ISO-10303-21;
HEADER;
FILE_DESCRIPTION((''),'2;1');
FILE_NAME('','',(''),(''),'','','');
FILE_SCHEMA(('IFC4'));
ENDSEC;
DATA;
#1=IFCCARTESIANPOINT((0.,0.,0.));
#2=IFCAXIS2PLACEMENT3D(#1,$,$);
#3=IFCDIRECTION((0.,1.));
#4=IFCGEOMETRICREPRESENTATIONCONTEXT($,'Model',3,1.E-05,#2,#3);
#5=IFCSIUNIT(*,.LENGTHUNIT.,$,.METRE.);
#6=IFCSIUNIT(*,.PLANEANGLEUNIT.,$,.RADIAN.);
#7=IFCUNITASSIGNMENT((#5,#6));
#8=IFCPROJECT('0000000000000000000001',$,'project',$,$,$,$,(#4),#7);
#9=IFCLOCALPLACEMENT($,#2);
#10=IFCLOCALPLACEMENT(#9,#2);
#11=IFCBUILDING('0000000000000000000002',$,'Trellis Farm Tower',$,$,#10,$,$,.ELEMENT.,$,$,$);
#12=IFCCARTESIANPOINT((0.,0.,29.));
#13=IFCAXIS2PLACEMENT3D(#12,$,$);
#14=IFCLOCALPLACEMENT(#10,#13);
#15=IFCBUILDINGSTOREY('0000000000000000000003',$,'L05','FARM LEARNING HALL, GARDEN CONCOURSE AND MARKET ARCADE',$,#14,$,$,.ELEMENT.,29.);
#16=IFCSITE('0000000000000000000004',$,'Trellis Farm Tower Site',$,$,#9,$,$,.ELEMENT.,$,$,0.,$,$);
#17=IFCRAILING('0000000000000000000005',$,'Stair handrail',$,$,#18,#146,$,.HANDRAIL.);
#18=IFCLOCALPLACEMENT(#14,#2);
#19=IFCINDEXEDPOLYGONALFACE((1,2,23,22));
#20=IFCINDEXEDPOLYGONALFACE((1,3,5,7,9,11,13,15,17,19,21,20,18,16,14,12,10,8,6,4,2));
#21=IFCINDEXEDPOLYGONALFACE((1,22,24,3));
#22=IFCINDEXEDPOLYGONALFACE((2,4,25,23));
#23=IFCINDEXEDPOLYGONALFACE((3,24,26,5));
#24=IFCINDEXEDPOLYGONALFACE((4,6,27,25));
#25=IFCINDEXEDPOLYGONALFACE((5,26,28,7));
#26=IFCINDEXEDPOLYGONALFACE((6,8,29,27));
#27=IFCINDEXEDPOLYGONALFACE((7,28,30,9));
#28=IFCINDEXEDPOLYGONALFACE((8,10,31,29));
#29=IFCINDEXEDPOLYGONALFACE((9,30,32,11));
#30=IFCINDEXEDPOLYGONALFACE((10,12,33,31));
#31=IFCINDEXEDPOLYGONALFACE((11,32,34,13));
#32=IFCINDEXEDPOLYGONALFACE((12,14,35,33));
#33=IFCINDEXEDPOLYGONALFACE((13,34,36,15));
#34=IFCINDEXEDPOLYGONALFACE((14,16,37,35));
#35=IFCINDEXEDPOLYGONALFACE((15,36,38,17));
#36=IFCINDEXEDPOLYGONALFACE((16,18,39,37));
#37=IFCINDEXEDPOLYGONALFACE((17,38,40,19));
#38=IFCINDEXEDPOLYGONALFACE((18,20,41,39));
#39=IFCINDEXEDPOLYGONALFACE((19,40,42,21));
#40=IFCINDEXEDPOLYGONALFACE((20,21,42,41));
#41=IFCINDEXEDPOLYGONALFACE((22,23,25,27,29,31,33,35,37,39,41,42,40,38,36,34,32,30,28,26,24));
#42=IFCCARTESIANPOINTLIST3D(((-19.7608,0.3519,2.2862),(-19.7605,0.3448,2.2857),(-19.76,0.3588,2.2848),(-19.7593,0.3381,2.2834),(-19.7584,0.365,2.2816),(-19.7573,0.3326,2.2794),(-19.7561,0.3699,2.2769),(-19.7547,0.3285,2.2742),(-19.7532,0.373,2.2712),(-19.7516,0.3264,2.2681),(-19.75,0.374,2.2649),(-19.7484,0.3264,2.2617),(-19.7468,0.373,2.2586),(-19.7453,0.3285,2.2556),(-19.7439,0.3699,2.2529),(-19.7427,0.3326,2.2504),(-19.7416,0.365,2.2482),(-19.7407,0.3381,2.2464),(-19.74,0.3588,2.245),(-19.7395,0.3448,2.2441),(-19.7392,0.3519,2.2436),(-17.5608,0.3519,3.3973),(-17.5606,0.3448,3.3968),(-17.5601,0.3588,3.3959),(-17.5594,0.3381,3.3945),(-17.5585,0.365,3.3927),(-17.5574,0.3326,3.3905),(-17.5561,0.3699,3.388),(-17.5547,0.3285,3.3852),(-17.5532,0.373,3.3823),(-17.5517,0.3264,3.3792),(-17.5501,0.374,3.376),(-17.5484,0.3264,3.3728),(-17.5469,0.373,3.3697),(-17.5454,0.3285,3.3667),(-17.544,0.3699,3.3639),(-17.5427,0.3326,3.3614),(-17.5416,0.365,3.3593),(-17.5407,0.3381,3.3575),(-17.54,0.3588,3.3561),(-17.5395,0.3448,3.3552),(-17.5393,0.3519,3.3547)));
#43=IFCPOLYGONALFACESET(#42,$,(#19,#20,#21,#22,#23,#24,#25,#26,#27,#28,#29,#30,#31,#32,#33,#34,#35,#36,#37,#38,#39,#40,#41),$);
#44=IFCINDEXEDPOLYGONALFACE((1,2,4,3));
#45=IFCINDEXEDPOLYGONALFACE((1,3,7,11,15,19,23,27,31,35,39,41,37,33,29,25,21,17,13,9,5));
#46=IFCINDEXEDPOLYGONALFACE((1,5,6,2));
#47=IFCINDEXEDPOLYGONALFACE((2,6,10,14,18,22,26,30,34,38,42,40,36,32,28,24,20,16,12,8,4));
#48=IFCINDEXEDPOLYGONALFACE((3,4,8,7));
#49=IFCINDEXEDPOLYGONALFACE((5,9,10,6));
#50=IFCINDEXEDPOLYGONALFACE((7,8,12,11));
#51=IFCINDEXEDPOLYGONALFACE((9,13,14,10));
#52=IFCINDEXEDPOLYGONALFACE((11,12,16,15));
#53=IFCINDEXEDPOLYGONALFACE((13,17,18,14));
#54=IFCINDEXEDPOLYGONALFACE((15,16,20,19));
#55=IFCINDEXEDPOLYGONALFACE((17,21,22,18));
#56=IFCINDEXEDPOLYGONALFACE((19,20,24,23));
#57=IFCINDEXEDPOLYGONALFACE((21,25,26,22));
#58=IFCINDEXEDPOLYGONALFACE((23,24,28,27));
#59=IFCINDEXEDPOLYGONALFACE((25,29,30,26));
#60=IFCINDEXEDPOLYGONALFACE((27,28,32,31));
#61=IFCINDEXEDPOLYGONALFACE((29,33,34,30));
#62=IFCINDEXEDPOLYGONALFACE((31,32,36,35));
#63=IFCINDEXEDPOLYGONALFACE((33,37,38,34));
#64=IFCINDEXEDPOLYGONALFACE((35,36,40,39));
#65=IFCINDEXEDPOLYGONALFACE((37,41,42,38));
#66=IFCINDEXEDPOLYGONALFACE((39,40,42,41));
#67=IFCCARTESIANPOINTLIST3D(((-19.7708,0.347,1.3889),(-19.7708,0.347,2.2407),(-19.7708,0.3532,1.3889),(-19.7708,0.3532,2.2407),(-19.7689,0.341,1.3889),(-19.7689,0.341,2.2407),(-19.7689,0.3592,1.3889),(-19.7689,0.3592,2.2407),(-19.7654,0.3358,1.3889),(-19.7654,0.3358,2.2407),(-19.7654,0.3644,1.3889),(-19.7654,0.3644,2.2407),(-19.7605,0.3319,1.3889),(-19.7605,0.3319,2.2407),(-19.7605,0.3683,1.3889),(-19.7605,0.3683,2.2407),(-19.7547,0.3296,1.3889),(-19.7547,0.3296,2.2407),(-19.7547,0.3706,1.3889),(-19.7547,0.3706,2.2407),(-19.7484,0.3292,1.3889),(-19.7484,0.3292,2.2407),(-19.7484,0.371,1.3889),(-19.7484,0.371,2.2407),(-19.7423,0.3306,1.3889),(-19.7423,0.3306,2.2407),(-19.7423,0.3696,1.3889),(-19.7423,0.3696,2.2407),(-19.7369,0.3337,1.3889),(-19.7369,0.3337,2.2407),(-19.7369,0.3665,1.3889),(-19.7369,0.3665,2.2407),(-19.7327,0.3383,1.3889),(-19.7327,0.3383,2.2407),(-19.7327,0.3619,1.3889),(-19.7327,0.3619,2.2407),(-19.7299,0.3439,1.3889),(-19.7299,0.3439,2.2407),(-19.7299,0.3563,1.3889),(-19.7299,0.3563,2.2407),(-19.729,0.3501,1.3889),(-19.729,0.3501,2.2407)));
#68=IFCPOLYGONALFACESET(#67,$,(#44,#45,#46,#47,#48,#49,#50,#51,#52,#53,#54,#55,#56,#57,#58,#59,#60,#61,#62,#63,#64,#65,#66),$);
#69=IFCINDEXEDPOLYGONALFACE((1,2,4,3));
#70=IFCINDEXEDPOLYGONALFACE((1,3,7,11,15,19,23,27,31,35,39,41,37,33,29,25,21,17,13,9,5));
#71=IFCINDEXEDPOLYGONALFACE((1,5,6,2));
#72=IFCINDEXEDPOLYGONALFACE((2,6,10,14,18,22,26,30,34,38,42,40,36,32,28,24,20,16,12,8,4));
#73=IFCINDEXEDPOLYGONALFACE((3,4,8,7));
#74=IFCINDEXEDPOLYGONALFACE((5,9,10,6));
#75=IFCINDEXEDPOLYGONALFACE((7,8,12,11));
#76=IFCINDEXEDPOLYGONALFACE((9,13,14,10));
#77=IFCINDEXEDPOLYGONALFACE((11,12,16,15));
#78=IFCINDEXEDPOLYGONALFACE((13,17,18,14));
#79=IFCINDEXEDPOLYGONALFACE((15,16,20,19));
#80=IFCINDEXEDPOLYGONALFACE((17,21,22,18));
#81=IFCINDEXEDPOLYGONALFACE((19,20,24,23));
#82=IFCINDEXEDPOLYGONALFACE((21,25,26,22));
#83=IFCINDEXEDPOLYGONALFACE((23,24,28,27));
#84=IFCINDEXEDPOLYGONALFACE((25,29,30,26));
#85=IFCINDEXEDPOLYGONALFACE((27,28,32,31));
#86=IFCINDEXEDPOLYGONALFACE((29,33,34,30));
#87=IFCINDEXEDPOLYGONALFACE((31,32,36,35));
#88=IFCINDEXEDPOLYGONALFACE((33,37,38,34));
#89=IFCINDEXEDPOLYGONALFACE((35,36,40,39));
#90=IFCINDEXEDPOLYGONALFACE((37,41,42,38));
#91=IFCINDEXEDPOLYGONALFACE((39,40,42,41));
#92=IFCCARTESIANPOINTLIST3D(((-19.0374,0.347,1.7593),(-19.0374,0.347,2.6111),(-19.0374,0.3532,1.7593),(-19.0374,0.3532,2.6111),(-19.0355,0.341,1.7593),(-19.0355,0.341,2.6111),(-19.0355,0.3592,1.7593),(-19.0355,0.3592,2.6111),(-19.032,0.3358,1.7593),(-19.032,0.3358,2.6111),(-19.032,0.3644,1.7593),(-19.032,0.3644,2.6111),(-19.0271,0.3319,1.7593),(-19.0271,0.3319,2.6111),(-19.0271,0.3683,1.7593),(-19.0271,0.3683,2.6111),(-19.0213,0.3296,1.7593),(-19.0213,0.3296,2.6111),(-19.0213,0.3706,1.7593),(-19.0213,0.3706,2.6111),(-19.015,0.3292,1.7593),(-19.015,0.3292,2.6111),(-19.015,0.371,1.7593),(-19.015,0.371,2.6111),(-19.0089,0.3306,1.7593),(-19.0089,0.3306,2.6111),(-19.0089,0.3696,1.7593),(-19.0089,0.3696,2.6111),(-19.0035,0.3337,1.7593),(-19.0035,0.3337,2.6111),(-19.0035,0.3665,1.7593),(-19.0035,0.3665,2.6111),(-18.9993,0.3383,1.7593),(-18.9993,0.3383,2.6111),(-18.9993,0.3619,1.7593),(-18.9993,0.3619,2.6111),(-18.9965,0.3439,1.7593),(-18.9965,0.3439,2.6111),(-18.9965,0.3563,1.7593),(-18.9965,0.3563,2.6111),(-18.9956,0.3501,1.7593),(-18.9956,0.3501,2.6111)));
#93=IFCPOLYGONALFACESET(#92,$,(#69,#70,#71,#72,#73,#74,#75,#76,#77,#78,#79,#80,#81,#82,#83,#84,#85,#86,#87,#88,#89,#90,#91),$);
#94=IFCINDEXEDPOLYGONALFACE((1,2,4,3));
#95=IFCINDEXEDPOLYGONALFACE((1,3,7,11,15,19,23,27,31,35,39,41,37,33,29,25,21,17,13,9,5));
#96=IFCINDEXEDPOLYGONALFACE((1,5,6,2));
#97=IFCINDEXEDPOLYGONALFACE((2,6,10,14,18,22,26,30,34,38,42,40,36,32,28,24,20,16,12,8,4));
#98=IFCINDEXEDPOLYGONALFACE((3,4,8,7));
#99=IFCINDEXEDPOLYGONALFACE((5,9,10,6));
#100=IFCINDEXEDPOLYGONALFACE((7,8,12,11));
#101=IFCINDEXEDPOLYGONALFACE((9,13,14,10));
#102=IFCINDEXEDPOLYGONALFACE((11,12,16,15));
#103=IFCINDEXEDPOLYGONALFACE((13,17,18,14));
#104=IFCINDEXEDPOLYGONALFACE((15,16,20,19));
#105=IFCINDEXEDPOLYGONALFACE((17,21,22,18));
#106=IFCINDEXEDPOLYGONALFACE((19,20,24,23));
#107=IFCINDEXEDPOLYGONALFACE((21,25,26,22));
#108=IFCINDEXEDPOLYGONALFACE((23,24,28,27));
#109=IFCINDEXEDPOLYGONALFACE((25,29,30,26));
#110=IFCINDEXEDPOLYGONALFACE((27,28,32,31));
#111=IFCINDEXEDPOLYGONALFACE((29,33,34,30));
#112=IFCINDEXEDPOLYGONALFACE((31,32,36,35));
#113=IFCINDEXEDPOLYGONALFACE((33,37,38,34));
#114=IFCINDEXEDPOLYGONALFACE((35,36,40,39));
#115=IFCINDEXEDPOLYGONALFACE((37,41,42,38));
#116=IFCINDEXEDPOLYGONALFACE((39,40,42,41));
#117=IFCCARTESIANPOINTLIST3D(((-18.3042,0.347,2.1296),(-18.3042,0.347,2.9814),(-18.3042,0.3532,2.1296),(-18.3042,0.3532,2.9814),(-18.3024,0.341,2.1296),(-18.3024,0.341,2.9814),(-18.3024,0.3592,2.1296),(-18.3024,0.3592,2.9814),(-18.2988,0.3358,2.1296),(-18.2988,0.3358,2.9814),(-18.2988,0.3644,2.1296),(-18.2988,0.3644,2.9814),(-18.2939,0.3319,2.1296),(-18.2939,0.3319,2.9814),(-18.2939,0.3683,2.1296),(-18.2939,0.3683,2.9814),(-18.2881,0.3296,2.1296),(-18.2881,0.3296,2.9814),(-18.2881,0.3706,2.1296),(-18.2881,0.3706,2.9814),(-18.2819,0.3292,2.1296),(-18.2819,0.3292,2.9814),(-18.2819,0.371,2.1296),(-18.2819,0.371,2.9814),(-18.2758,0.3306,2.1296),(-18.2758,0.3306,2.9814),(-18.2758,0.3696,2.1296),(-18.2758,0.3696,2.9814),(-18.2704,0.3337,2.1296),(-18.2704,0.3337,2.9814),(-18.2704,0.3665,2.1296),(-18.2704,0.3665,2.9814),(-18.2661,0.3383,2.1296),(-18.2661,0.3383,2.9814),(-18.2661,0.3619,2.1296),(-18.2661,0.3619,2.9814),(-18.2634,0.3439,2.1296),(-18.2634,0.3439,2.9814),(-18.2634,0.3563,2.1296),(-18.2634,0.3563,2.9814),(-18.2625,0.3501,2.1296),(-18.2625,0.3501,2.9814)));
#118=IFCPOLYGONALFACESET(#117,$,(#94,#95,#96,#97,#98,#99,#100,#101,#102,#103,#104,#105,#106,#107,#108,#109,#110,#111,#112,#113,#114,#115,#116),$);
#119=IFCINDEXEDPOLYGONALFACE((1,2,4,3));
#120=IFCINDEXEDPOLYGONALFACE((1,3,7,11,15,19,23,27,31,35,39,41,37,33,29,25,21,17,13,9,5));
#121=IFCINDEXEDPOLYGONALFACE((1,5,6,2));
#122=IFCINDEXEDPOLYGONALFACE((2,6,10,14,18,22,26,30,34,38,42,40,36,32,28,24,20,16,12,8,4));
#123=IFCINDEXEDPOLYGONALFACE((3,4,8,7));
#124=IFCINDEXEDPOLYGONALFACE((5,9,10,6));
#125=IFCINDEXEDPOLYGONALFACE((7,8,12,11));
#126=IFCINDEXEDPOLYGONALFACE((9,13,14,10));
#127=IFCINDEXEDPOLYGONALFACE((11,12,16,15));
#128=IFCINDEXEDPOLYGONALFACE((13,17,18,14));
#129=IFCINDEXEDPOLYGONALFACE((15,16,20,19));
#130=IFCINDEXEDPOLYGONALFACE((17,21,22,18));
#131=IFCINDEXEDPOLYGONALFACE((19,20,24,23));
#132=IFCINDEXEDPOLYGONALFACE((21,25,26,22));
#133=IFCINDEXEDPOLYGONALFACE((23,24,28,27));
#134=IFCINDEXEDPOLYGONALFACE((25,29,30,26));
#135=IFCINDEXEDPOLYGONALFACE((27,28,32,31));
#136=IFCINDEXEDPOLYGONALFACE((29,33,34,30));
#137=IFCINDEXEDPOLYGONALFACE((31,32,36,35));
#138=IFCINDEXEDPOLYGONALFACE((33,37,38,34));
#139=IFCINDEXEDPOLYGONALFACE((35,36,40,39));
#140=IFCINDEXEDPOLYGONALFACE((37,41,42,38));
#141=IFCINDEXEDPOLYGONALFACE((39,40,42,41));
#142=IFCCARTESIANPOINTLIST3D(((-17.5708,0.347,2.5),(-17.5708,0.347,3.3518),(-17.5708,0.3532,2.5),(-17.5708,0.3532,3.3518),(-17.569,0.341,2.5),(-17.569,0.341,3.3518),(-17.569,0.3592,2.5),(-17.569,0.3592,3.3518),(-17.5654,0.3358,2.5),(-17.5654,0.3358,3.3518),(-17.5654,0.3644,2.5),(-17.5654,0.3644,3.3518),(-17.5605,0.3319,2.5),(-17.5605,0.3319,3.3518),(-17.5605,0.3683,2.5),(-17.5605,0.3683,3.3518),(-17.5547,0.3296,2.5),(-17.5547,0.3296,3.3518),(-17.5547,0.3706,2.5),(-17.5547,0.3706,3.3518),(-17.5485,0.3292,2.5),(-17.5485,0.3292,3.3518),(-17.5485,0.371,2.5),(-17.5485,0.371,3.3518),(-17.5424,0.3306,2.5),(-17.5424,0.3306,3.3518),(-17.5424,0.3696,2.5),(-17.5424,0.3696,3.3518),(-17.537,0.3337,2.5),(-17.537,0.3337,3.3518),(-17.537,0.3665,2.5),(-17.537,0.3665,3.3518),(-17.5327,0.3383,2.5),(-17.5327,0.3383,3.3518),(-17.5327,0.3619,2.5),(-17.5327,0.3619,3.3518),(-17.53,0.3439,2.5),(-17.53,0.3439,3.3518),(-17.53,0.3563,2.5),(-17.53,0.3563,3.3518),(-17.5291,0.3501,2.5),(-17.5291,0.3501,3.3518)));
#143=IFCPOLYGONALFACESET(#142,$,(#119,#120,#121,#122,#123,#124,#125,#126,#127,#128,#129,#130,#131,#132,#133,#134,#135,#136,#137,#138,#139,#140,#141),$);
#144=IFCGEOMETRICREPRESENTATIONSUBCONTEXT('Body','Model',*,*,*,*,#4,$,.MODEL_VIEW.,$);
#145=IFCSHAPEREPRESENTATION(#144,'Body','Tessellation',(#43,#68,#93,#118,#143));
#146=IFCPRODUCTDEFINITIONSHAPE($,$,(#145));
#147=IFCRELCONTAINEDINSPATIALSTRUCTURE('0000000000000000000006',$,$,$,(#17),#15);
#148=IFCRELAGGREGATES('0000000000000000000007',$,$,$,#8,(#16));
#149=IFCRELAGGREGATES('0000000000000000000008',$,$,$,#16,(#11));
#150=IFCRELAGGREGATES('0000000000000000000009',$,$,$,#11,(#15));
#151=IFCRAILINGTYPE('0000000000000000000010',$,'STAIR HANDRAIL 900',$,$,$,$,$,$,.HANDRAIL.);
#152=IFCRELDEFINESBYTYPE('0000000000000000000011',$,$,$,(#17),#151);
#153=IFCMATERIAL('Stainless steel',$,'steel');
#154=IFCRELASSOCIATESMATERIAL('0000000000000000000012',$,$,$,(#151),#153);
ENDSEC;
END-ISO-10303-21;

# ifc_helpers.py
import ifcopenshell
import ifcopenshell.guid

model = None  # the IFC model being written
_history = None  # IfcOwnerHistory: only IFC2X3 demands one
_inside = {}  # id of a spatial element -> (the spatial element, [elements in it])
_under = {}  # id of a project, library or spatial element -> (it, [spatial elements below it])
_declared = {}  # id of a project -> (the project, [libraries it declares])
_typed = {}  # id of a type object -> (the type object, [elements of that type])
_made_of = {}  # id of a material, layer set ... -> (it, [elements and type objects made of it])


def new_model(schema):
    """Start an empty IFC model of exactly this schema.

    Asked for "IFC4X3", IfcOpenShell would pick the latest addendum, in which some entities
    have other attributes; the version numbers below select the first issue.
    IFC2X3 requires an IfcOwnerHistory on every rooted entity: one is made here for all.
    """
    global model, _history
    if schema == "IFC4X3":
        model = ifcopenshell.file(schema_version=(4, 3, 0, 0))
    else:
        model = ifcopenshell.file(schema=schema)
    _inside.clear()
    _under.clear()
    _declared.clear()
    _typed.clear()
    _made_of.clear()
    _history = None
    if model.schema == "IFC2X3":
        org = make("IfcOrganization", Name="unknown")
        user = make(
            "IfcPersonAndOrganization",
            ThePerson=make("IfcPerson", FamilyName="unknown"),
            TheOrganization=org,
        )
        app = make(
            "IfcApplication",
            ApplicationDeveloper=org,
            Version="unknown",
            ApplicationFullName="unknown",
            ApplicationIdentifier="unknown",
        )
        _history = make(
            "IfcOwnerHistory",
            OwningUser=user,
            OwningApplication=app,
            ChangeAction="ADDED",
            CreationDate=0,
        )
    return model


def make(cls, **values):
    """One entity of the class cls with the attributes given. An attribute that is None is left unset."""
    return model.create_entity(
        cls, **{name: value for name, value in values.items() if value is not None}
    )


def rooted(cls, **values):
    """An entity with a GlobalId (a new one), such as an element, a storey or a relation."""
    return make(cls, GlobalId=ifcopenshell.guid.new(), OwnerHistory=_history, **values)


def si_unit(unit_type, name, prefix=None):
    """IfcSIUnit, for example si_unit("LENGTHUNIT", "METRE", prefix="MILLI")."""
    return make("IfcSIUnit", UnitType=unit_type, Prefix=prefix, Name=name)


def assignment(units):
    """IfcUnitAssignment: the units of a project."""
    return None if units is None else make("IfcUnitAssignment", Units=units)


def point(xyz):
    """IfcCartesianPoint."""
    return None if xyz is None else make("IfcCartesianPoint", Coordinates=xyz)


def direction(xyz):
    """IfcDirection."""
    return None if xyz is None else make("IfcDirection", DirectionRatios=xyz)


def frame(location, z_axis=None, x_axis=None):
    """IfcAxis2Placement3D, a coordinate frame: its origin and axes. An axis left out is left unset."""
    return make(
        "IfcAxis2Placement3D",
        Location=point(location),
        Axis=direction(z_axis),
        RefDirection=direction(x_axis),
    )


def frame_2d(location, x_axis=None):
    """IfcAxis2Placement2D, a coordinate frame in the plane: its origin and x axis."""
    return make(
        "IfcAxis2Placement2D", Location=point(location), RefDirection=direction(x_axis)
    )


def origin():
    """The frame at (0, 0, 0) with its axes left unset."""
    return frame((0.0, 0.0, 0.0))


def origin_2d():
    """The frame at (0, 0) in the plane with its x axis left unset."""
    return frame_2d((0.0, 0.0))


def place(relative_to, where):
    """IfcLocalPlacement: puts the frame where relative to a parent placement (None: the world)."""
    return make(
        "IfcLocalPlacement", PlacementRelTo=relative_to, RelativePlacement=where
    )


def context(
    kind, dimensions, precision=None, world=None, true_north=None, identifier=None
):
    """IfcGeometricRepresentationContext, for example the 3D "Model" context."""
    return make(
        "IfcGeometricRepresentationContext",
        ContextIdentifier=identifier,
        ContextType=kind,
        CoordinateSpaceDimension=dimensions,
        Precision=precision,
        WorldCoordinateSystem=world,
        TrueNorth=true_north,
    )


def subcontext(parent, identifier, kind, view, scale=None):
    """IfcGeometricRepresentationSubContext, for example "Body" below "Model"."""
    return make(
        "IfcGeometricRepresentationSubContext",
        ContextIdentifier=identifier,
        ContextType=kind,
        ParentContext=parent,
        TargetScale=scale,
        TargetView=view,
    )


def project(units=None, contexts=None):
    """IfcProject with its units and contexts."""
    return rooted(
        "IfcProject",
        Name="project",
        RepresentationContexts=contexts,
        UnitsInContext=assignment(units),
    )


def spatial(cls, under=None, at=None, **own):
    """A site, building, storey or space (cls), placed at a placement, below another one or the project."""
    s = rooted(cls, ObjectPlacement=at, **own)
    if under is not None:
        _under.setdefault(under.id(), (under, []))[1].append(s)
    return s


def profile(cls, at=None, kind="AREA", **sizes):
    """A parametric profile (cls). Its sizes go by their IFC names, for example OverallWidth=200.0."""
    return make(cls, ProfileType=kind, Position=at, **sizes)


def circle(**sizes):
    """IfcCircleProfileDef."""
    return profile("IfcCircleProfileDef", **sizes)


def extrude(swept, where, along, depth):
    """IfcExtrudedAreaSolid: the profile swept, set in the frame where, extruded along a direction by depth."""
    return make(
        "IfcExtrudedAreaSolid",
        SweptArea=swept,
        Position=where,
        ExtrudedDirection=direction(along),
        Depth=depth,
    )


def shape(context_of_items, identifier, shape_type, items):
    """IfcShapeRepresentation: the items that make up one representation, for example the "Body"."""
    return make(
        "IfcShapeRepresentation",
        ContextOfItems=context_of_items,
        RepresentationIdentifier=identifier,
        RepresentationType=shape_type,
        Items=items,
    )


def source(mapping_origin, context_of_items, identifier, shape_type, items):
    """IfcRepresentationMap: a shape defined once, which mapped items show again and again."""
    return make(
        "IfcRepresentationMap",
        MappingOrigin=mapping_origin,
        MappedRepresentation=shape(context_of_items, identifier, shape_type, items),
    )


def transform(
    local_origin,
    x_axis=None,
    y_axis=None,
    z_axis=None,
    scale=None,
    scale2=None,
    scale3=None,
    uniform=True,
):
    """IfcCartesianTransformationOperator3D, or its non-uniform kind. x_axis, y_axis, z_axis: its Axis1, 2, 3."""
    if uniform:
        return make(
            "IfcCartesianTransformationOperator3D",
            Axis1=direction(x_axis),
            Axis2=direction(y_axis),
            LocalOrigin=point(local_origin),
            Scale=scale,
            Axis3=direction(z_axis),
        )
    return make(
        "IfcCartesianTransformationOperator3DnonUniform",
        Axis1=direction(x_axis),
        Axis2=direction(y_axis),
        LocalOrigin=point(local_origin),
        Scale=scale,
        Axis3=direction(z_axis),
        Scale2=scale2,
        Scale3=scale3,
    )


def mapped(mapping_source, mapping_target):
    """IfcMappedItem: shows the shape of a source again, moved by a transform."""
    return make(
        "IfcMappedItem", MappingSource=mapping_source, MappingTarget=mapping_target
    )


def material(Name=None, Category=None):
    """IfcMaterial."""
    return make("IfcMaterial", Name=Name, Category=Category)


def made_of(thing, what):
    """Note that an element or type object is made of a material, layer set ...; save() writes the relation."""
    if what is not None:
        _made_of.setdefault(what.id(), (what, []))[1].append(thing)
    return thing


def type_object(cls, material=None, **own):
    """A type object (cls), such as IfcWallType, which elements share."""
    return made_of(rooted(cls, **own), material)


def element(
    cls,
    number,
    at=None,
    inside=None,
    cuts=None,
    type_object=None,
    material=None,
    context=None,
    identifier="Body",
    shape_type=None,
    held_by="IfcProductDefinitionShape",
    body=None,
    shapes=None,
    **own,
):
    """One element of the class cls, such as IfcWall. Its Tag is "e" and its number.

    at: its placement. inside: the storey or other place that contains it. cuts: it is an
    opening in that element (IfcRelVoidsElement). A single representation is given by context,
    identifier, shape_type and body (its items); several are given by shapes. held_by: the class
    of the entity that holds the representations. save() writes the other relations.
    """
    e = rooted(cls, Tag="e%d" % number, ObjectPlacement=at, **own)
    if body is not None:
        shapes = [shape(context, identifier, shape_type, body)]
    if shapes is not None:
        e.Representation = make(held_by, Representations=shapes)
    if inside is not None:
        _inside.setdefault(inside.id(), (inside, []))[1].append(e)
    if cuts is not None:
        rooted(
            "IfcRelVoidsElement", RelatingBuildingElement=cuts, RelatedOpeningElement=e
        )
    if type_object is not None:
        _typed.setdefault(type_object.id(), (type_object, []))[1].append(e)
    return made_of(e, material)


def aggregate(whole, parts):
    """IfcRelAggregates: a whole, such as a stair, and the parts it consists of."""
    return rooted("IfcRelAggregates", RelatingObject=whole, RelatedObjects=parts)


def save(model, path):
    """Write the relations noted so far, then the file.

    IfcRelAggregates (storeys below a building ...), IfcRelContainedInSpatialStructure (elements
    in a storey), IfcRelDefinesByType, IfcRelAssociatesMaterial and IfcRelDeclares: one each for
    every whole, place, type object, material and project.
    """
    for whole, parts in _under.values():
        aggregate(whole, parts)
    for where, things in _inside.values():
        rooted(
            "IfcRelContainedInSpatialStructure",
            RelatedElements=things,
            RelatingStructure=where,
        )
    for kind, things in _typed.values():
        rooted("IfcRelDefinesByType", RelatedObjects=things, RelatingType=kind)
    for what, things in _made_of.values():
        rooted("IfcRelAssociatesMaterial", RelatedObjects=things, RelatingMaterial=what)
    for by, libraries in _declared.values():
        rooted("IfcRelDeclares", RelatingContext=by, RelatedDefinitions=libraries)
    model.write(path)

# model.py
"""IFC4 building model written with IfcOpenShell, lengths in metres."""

from ifc_helpers import new_model, si_unit, direction, frame, origin, origin_2d, place, context, subcontext, project, spatial, circle, extrude, source, transform, mapped, material, type_object, element, save


model = new_model("IFC4")

# Units and contexts
model_context = context("Model", 3, precision=1e-05, world=origin(), true_north=direction((0.0, 1.0)))
body_context = subcontext(model_context, "Body", "Model", "MODEL_VIEW")
ifc_project = project(units=[si_unit("LENGTHUNIT", "METRE"), si_unit("PLANEANGLEUNIT", "RADIAN")], contexts=[model_context])

# Site, building, storey
site_placement = place(None, origin())
site = spatial("IfcSite", under=ifc_project, at=site_placement, Name="Trellis Farm Tower Site", CompositionType="ELEMENT", RefElevation=0.0)
building_placement = place(site_placement, origin())
building = spatial("IfcBuilding", under=site, at=building_placement, Name="Trellis Farm Tower", CompositionType="ELEMENT")
storey_placement = place(building_placement, frame((0.0, 0.0, 29.0)))
storey = spatial("IfcBuildingStorey", under=building, at=storey_placement, Name="L05", Description="FARM LEARNING HALL, GARDEN CONCOURSE AND MARKET ARCADE", CompositionType="ELEMENT", Elevation=29.0)

# Railing
ifc_material_1 = material(Name="Stainless steel", Category="steel")
railing_type = type_object("IfcRailingType", Name="STAIR HANDRAIL 900", PredefinedType="HANDRAIL", material=ifc_material_1)
shared_shape_1 = source(origin(), body_context, "Body", "SweptSolid", [
    extrude(circle(Radius=0.0239, at=origin_2d()), frame((0.0, 0.0, 0.876), z_axis=(0.892617, 0.0, 0.450816), x_axis=(0.0, 1.0, 0.0)), (0.0, 0.0, 1.0), 2.4646),
    extrude(circle(Radius=0.021, at=origin_2d()), origin(), (0.0, 0.0, 1.0), 0.8518),
    extrude(circle(Radius=0.021, at=origin_2d()), frame((0.7334, 0.0, 0.3704)), (0.0, 0.0, 1.0), 0.8518),
    extrude(circle(Radius=0.021, at=origin_2d()), frame((1.4666, 0.0, 0.7407)), (0.0, 0.0, 1.0), 0.8518),
    extrude(circle(Radius=0.021, at=origin_2d()), frame((2.2, 0.0, 1.1111)), (0.0, 0.0, 1.0), 0.8518),
])
for number, where, name in (
    (1, (-19.75, 0.3501, 1.3889), "Stair handrail"),
):
    element("IfcRailing", number, at=place(storey_placement, frame(where)), inside=storey, type_object=railing_type, Name=name, PredefinedType="HANDRAIL", context=body_context, shape_type="MappedRepresentation", body=[
        mapped(shared_shape_1, transform((0.0, 0.0, 0.0))),
    ])

save(model, "model.ifc")
